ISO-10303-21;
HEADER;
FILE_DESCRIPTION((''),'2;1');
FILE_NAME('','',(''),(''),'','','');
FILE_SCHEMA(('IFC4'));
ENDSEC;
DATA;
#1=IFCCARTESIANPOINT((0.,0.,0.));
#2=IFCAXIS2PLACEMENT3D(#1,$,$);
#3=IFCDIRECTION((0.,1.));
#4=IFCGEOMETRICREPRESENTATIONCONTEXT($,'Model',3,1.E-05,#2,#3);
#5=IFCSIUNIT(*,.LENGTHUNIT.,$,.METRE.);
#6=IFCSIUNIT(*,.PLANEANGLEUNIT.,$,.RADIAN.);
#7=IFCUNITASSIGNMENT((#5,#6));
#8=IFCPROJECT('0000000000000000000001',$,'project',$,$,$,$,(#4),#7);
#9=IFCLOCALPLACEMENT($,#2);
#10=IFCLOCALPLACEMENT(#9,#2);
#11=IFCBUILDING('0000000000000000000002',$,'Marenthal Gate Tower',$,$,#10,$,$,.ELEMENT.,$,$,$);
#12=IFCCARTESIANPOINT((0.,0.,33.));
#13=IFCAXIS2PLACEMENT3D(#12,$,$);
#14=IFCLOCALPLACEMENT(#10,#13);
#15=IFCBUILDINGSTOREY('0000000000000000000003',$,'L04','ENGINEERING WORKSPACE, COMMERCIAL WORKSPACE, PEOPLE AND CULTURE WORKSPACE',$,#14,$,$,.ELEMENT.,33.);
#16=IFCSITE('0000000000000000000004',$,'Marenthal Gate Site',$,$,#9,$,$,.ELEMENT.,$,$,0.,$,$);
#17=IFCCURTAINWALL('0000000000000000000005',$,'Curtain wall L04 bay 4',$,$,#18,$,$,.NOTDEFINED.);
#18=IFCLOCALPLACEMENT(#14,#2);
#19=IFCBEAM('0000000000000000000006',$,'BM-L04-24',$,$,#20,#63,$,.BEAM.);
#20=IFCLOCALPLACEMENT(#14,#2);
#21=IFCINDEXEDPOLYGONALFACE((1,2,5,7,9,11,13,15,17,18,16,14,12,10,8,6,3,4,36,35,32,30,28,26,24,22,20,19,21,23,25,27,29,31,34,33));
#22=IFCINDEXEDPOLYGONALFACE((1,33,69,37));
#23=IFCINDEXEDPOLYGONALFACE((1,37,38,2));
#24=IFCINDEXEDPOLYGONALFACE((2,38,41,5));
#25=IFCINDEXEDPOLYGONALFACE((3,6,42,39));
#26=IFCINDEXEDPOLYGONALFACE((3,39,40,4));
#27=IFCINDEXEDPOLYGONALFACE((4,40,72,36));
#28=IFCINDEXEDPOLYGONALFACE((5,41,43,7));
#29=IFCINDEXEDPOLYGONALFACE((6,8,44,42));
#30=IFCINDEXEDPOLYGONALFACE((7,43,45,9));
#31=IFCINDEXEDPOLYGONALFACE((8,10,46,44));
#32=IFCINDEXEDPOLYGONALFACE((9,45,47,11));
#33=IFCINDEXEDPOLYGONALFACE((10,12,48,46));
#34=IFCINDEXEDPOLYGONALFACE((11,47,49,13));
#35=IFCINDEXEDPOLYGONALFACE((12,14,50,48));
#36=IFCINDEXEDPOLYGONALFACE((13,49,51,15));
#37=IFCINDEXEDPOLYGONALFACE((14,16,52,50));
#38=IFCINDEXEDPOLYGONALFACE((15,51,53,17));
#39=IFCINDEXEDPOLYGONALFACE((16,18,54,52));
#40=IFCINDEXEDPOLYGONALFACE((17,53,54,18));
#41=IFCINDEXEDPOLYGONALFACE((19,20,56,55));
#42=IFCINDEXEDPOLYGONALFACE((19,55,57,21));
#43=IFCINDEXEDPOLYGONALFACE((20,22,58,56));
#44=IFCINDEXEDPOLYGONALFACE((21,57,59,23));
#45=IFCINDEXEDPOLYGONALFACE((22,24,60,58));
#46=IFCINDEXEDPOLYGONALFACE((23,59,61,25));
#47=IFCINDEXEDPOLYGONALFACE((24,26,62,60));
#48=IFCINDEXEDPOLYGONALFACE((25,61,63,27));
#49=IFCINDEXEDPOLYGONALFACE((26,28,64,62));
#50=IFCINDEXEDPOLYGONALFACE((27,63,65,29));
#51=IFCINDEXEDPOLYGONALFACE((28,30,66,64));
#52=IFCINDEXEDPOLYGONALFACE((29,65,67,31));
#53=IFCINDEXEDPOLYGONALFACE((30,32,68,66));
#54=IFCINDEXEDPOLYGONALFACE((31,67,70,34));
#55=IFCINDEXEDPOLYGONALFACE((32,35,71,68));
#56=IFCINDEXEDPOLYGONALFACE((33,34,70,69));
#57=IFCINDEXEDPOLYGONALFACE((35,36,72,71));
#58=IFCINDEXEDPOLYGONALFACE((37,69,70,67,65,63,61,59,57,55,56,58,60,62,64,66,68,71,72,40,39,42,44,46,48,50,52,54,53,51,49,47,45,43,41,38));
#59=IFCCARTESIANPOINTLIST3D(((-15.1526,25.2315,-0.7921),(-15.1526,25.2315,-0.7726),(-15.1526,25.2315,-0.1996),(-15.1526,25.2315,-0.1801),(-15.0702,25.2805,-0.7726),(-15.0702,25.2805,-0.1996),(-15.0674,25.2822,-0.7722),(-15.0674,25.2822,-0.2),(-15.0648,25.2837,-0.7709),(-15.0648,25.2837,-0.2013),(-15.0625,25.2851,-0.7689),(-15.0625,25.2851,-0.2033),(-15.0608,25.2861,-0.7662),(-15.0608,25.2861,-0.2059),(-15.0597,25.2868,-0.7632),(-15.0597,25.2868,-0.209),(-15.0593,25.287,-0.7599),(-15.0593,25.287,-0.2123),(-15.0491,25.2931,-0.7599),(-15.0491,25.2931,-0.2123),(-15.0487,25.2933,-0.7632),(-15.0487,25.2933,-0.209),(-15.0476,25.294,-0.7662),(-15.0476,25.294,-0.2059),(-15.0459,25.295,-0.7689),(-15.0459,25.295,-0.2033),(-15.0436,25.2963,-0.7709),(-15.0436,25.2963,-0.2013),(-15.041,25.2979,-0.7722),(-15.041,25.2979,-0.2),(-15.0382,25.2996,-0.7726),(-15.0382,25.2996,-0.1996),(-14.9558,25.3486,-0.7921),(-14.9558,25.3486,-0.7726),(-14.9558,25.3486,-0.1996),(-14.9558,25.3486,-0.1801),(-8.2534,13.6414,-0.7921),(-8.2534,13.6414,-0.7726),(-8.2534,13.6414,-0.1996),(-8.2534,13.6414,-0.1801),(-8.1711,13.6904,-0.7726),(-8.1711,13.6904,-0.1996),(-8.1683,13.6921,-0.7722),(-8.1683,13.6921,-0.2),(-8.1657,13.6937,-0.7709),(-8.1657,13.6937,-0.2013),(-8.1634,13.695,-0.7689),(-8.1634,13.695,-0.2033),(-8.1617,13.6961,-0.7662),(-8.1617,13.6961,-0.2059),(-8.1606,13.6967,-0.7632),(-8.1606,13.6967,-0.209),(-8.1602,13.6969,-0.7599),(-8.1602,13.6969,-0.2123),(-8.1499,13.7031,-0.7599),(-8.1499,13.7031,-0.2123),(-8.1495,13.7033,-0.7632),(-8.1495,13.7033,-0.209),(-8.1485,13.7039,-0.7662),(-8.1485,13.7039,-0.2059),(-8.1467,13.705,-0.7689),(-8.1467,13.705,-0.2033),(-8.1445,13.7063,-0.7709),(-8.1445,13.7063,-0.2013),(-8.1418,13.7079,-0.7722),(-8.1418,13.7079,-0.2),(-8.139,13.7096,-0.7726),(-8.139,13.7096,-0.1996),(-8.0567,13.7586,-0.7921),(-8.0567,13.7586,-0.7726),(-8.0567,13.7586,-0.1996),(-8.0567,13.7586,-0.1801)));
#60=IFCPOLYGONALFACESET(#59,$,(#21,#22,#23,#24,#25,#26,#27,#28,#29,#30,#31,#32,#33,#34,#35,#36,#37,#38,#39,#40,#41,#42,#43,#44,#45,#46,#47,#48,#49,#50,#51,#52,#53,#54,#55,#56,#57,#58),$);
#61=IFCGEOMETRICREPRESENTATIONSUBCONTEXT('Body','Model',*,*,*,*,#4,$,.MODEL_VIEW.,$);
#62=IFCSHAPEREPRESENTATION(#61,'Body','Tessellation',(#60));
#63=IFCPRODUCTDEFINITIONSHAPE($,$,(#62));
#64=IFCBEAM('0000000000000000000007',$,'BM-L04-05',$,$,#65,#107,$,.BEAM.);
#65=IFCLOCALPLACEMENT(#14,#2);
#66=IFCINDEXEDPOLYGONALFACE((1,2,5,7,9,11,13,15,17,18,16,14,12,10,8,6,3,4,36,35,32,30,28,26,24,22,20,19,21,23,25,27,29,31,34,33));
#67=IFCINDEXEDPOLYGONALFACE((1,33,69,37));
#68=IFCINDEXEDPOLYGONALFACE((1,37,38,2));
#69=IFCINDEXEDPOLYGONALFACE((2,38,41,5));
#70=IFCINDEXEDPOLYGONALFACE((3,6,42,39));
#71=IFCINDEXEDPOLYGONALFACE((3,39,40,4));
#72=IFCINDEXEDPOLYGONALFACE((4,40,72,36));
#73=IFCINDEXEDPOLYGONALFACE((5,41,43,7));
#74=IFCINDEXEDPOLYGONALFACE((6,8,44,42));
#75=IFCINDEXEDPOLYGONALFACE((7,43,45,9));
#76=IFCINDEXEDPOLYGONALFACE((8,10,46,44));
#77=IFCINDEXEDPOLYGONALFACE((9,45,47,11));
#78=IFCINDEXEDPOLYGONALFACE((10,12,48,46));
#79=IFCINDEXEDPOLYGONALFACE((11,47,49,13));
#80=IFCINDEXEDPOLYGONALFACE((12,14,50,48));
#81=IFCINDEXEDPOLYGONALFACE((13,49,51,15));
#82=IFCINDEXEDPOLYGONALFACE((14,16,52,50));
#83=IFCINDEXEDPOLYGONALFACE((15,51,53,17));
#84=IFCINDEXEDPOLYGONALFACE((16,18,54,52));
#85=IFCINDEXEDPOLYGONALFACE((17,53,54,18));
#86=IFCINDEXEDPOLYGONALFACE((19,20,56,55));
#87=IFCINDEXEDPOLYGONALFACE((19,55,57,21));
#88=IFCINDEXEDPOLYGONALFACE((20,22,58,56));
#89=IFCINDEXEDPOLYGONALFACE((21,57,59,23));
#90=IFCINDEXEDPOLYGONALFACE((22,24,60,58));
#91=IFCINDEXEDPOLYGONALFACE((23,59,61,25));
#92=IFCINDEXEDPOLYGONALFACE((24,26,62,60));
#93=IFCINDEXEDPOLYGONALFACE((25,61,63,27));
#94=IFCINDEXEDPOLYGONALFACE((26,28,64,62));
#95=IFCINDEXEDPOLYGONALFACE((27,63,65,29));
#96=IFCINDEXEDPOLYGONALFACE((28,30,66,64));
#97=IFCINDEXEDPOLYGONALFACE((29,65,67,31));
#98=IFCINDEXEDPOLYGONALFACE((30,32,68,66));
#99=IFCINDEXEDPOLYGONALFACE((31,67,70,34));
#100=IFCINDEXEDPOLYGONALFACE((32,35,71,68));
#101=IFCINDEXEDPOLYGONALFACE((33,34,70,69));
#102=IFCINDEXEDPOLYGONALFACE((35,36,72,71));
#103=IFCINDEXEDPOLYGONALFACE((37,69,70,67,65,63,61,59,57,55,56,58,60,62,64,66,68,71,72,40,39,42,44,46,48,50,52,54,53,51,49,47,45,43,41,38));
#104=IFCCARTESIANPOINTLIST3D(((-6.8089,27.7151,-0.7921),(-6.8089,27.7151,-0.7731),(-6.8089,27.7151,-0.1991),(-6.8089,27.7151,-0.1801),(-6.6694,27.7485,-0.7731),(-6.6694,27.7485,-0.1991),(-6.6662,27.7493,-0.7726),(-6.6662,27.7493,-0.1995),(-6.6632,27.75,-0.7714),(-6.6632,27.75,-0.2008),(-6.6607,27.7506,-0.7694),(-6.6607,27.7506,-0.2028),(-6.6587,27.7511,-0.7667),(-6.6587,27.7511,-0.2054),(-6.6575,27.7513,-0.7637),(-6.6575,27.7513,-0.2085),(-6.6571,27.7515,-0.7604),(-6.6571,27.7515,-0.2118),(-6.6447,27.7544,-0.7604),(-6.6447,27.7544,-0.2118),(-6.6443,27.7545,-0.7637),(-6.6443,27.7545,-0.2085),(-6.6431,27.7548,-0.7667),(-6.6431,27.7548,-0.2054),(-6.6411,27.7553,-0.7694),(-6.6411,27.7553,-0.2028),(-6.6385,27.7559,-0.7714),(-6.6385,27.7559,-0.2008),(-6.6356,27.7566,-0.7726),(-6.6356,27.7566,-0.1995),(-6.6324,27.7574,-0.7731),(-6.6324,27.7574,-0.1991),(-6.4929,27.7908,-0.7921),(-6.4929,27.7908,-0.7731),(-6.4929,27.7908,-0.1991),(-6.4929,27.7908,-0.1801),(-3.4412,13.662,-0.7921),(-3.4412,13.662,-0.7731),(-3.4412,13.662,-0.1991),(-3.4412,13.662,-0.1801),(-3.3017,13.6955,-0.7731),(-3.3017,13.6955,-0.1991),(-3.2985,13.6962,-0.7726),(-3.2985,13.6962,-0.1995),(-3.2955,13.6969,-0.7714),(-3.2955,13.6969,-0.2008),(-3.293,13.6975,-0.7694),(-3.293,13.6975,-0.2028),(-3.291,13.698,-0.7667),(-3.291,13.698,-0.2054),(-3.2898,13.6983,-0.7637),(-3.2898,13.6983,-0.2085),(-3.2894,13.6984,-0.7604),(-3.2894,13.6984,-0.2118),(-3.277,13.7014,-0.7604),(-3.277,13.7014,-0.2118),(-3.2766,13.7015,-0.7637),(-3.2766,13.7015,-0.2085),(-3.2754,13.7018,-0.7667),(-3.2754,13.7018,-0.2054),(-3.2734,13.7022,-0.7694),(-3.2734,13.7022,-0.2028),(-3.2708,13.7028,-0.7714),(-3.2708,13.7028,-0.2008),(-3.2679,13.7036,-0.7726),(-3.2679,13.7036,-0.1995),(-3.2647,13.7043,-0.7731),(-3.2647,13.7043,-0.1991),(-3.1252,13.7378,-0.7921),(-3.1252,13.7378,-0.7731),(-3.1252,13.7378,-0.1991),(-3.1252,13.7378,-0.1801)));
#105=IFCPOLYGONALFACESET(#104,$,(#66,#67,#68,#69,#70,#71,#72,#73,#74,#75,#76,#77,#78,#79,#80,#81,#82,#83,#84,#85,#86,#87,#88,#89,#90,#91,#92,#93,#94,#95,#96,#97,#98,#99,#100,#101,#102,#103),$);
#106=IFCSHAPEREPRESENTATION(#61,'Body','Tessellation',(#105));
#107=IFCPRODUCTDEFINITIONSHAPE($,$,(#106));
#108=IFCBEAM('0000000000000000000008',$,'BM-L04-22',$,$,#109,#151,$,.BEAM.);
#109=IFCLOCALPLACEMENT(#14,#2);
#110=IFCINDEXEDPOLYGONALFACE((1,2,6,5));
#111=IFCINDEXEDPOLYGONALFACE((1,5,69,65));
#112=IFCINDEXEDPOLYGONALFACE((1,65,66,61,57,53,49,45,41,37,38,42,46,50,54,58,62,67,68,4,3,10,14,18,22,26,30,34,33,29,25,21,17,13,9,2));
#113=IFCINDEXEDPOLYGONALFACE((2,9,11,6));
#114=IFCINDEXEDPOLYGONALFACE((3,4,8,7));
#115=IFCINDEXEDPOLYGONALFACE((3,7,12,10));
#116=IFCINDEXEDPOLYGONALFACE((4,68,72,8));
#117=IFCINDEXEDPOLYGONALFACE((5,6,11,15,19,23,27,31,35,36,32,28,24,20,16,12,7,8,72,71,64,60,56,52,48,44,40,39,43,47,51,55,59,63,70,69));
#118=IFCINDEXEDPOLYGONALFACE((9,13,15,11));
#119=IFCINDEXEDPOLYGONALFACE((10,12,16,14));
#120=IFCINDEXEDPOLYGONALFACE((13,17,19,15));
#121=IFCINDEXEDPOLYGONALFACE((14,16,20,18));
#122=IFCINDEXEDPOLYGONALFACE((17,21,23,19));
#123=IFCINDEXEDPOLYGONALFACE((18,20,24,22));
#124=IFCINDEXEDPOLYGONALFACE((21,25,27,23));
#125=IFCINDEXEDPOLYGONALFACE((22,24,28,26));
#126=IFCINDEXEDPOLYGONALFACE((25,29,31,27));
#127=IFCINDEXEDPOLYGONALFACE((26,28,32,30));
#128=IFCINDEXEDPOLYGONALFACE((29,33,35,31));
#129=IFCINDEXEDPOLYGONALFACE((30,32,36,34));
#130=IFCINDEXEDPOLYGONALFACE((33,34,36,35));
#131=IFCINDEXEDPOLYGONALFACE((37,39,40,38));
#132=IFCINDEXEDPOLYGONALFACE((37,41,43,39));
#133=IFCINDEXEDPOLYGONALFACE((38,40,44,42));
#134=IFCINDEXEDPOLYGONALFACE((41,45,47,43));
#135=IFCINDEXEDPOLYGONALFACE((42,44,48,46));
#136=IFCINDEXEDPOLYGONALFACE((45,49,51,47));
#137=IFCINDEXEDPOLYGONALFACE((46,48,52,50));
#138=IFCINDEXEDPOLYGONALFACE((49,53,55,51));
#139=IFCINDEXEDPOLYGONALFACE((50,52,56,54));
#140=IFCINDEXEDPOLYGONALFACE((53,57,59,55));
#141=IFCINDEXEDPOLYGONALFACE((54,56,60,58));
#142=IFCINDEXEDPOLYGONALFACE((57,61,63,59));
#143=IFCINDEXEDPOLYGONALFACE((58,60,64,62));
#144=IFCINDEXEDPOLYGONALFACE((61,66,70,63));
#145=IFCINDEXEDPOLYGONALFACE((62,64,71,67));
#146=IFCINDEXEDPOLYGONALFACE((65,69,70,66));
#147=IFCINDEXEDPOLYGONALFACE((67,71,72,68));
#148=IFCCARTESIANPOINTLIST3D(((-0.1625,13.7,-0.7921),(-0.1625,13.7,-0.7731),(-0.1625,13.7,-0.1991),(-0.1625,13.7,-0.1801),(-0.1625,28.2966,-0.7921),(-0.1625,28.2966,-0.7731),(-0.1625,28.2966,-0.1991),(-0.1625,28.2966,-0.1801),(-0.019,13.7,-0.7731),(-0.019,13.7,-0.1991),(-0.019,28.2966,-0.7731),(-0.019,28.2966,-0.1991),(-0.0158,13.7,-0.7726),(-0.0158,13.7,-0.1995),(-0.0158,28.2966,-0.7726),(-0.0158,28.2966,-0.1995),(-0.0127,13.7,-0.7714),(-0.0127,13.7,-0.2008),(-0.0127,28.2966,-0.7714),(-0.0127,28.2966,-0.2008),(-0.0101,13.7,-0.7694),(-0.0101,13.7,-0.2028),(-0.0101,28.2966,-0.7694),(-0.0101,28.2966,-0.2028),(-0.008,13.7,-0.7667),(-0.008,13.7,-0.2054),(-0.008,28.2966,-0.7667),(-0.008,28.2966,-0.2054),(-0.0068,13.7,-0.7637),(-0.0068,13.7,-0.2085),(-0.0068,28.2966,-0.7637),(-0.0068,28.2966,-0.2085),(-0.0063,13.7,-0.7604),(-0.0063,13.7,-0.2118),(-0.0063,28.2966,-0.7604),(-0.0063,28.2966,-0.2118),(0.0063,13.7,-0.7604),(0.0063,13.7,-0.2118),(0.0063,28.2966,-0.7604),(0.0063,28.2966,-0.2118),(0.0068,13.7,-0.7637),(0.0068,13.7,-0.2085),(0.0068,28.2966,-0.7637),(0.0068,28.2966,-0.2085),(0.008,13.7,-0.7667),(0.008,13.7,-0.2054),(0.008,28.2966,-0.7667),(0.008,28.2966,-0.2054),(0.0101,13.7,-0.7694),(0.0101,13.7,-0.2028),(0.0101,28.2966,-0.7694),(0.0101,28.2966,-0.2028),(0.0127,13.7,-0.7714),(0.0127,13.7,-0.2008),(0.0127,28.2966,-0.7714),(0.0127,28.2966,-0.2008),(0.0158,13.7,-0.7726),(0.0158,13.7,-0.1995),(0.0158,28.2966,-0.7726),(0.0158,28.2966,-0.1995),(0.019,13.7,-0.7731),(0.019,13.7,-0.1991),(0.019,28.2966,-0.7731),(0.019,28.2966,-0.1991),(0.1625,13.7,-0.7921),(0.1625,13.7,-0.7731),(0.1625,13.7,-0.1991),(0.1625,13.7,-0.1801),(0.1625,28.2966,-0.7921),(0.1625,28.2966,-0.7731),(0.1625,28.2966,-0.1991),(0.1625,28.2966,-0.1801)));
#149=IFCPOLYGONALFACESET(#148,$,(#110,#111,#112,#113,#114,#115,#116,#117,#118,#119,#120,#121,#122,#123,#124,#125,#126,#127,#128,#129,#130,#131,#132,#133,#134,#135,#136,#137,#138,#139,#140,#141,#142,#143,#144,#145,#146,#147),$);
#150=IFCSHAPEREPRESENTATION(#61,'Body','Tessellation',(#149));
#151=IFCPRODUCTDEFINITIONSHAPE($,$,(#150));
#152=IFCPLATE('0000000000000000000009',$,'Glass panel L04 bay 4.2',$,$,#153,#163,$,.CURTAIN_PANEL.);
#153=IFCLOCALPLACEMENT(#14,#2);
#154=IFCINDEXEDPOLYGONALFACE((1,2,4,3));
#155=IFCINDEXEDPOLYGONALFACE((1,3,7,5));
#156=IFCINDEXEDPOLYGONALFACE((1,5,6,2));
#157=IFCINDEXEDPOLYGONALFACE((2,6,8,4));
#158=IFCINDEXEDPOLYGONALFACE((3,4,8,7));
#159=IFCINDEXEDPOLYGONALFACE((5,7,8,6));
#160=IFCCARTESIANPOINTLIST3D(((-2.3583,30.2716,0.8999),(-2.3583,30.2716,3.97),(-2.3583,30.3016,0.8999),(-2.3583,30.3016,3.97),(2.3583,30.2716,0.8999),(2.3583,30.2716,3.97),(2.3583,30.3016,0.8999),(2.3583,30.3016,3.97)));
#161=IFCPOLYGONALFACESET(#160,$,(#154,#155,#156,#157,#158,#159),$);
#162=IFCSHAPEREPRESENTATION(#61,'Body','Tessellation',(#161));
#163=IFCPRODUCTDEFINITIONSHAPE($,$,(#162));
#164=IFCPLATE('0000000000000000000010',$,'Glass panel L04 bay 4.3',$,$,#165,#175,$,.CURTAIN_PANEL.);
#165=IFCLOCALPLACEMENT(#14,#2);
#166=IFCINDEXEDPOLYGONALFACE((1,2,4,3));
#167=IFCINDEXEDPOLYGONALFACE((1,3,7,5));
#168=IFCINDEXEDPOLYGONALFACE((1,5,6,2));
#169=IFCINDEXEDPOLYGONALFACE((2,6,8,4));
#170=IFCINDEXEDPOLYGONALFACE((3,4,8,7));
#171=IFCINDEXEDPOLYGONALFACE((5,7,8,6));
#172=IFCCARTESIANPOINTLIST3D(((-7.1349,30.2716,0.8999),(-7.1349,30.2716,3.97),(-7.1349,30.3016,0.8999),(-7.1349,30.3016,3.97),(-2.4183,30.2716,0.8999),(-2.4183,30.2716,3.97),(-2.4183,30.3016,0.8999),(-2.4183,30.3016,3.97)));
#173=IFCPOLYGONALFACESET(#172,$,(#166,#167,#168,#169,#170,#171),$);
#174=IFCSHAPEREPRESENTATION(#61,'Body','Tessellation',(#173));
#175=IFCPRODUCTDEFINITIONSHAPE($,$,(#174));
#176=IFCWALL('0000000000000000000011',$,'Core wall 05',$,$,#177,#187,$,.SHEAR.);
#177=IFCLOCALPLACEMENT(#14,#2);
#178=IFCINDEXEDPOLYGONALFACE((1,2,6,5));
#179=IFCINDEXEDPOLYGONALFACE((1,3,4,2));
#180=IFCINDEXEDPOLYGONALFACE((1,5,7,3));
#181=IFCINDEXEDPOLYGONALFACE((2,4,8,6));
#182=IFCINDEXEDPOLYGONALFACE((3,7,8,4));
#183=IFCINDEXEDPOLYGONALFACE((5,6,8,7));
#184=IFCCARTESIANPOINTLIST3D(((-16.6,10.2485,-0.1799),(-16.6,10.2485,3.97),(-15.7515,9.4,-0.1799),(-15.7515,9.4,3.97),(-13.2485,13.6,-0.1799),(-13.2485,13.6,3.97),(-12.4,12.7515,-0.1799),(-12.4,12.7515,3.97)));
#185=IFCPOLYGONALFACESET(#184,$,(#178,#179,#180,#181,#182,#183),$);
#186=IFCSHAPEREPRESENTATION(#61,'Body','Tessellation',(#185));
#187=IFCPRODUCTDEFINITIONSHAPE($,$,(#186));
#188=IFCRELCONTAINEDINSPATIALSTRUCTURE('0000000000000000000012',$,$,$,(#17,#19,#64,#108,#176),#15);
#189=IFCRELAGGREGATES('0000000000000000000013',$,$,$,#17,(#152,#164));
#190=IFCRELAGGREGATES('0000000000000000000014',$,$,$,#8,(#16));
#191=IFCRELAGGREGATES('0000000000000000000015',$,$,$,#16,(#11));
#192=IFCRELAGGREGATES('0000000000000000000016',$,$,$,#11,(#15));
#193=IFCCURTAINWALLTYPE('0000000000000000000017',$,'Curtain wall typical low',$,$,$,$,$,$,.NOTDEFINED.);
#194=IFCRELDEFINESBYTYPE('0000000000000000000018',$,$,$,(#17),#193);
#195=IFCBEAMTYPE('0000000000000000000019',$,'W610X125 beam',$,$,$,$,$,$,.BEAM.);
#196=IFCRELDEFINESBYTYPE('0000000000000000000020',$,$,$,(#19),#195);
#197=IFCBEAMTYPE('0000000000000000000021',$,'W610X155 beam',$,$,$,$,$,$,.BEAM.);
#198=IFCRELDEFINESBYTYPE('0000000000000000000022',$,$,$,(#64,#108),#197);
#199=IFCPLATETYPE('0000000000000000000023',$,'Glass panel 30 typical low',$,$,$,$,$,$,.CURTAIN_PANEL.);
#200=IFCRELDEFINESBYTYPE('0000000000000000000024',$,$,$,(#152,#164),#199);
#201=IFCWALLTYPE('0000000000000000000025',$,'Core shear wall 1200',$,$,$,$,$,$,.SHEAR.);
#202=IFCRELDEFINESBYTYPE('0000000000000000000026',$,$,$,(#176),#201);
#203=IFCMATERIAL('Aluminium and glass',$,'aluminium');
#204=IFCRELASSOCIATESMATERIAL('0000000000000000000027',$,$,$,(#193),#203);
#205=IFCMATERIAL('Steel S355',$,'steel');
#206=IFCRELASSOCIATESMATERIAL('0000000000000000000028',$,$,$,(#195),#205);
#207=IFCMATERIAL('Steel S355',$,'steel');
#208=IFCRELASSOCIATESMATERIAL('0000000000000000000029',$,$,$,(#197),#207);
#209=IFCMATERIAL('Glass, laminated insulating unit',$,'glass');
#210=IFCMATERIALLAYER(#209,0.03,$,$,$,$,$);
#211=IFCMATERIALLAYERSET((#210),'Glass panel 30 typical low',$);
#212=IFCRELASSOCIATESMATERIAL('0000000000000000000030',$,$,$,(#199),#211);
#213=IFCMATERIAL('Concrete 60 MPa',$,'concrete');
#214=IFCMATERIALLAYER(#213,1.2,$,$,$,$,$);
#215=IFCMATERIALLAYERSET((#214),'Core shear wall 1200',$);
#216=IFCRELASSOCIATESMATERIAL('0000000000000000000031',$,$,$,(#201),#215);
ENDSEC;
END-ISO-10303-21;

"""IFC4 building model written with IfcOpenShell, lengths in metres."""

from ifc_helpers import new_model, si_unit, direction, frame, frame_2d, origin, origin_2d, place, context, subcontext, project, spatial, rectangle, i_section, extrude, material, layer, layer_set, material_profile, profile_set, type_object, element, aggregate, save


model = new_model("IFC4")

# Units and contexts
model_context = context("Model", 3, precision=1e-05, world=origin(), true_north=direction((0.0, 1.0)))
body_context = subcontext(model_context, "Body", "Model", "MODEL_VIEW")
ifc_project = project(units=[si_unit("LENGTHUNIT", "METRE"), si_unit("PLANEANGLEUNIT", "RADIAN")], contexts=[model_context])

# Site, building, storey
site_placement = place(None, origin())
site = spatial("IfcSite", under=ifc_project, at=site_placement, Name="Marenthal Gate Site", CompositionType="ELEMENT", RefElevation=0.0)
building_placement = place(site_placement, origin())
building = spatial("IfcBuilding", under=site, at=building_placement, Name="Marenthal Gate Tower", CompositionType="ELEMENT")
storey_placement = place(building_placement, frame((0.0, 0.0, 33.0)))
storey = spatial("IfcBuildingStorey", under=building, at=storey_placement, Name="L04", Description="ENGINEERING WORKSPACE, COMMERCIAL WORKSPACE, PEOPLE AND CULTURE WORKSPACE", CompositionType="ELEMENT", Elevation=33.0)

# Curtain wall
ifc_material_1 = material(Name="Aluminium and glass", Category="aluminium")
curtain_wall_type = type_object("IfcCurtainWallType", Name="Curtain wall typical low", PredefinedType="NOTDEFINED", material=ifc_material_1)
curtain_wall_placement = place(storey_placement, origin())
curtain_wall = element("IfcCurtainWall", 1, at=curtain_wall_placement, inside=storey, type_object=curtain_wall_type, Name="Curtain wall L04 bay 4", PredefinedType="NOTDEFINED")

# Beams
ifc_material_2 = material(Name="Steel S355", Category="steel")
ifc_material_profile_1 = material_profile(ifc_material_2, i_section(OverallWidth=0.229, OverallDepth=0.6121, WebThickness=0.012, FlangeThickness=0.0195, FilletRadius=0.0127, at=origin_2d()), Name="W610X125")
ifc_profile_set_1 = profile_set([ifc_material_profile_1], Name="Steel S355")
beam_type_1 = type_object("IfcBeamType", Name="W610X125 beam", PredefinedType="BEAM", material=ifc_profile_set_1)
beam_1_placement = place(storey_placement, frame((-15.0542, 25.29, -0.4861), z_axis=(0.511501, -0.859283, 0.0), x_axis=(0.859283, 0.511501, 0.0)))
element("IfcBeam", 2, at=beam_1_placement, inside=storey, type_object=beam_type_1, Name="BM-L04-24", PredefinedType="BEAM", context=body_context, shape_type="SweptSolid", body=[
    extrude(i_section(OverallWidth=0.229, OverallDepth=0.6121, WebThickness=0.012, FlangeThickness=0.0195, FilletRadius=0.0127, at=origin_2d()), origin(), (0.0, 0.0, 1.0), 13.488),
])
ifc_material_3 = material(Name="Steel S355", Category="steel")
ifc_material_profile_2 = material_profile(ifc_material_3, i_section(OverallWidth=0.325, OverallDepth=0.6121, WebThickness=0.0127, FlangeThickness=0.019, FilletRadius=0.0127, at=origin_2d()), Name="W610X155")
ifc_profile_set_2 = profile_set([ifc_material_profile_2], Name="Steel S355")
beam_type_2 = type_object("IfcBeamType", Name="W610X155 beam", PredefinedType="BEAM", material=ifc_profile_set_2)
beam_2_placement = place(storey_placement, frame((-6.6509, 27.7529, -0.4861), z_axis=(0.233043, -0.972466, 0.0), x_axis=(0.972466, 0.233043, 0.0)))
element("IfcBeam", 3, at=beam_2_placement, inside=storey, type_object=beam_type_2, Name="BM-L04-05", PredefinedType="BEAM", context=body_context, shape_type="SweptSolid", body=[
    extrude(i_section(OverallWidth=0.325, OverallDepth=0.6121, WebThickness=0.0127, FlangeThickness=0.019, FilletRadius=0.0127, at=origin_2d()), origin(), (0.0, 0.0, 1.0), 14.4509),
])
beam_3_placement = place(storey_placement, frame((0.0, 28.2966, -0.4861), z_axis=(0.0, -1.0, 0.0), x_axis=(1.0, 0.0, 0.0)))
element("IfcBeam", 4, at=beam_3_placement, inside=storey, type_object=beam_type_2, Name="BM-L04-22", PredefinedType="BEAM", context=body_context, shape_type="SweptSolid", body=[
    extrude(i_section(OverallWidth=0.325, OverallDepth=0.6121, WebThickness=0.0127, FlangeThickness=0.019, FilletRadius=0.0127, at=origin_2d()), origin(), (0.0, 0.0, 1.0), 14.5967),
])

# Plates
ifc_material_4 = material(Name="Glass, laminated insulating unit", Category="glass")
ifc_layer_1 = layer(ifc_material_4, 0.03)
ifc_layer_set_1 = layer_set([ifc_layer_1], Name="Glass panel 30 typical low")
plate_type = type_object("IfcPlateType", Name="Glass panel 30 typical low", PredefinedType="CURTAIN_PANEL", material=ifc_layer_set_1)
plate_1_placement = place(storey_placement, frame((0.0, 30.2866, 0.8999), z_axis=(0.0, 0.0, 1.0), x_axis=(-1.0, 0.0, 0.0)))
plate_1 = element("IfcPlate", 5, at=plate_1_placement, type_object=plate_type, Name="Glass panel L04 bay 4.2", PredefinedType="CURTAIN_PANEL", context=body_context, shape_type="SweptSolid", body=[
    extrude(rectangle(XDim=4.7166, YDim=0.03, at=origin_2d()), origin(), (0.0, 0.0, 1.0), 3.0701),
])
plate_2_placement = place(storey_placement, frame((-4.7766, 30.2866, 0.8999), z_axis=(0.0, 0.0, 1.0), x_axis=(-1.0, 0.0, 0.0)))
plate_2 = element("IfcPlate", 6, at=plate_2_placement, type_object=plate_type, Name="Glass panel L04 bay 4.3", PredefinedType="CURTAIN_PANEL", context=body_context, shape_type="SweptSolid", body=[
    extrude(rectangle(XDim=4.7166, YDim=0.03, at=origin_2d()), origin(), (0.0, 0.0, 1.0), 3.0701),
])
aggregate(curtain_wall, [plate_1, plate_2])

# Wall
ifc_material_5 = material(Name="Concrete 60 MPa", Category="concrete")
ifc_layer_2 = layer(ifc_material_5, 1.2)
ifc_layer_set_2 = layer_set([ifc_layer_2], Name="Core shear wall 1200")
wall_type_1 = type_object("IfcWallType", Name="Core shear wall 1200", PredefinedType="SHEAR", material=ifc_layer_set_2)
wall_1_placement = place(storey_placement, frame((-12.8242, 13.1758, -0.1799), z_axis=(0.0, 0.0, 1.0), x_axis=(-0.707107, -0.707107, 0.0)))
element("IfcWall", 7, at=wall_1_placement, inside=storey, type_object=wall_type_1, Name="Core wall 05", PredefinedType="SHEAR", context=body_context, shape_type="SweptSolid", body=[
    extrude(rectangle(XDim=4.7397, YDim=1.2, at=frame_2d((2.3699, 0.0))), origin(), (0.0, 0.0, 1.0), 4.1499),
])

save(model, "model.ifc")
